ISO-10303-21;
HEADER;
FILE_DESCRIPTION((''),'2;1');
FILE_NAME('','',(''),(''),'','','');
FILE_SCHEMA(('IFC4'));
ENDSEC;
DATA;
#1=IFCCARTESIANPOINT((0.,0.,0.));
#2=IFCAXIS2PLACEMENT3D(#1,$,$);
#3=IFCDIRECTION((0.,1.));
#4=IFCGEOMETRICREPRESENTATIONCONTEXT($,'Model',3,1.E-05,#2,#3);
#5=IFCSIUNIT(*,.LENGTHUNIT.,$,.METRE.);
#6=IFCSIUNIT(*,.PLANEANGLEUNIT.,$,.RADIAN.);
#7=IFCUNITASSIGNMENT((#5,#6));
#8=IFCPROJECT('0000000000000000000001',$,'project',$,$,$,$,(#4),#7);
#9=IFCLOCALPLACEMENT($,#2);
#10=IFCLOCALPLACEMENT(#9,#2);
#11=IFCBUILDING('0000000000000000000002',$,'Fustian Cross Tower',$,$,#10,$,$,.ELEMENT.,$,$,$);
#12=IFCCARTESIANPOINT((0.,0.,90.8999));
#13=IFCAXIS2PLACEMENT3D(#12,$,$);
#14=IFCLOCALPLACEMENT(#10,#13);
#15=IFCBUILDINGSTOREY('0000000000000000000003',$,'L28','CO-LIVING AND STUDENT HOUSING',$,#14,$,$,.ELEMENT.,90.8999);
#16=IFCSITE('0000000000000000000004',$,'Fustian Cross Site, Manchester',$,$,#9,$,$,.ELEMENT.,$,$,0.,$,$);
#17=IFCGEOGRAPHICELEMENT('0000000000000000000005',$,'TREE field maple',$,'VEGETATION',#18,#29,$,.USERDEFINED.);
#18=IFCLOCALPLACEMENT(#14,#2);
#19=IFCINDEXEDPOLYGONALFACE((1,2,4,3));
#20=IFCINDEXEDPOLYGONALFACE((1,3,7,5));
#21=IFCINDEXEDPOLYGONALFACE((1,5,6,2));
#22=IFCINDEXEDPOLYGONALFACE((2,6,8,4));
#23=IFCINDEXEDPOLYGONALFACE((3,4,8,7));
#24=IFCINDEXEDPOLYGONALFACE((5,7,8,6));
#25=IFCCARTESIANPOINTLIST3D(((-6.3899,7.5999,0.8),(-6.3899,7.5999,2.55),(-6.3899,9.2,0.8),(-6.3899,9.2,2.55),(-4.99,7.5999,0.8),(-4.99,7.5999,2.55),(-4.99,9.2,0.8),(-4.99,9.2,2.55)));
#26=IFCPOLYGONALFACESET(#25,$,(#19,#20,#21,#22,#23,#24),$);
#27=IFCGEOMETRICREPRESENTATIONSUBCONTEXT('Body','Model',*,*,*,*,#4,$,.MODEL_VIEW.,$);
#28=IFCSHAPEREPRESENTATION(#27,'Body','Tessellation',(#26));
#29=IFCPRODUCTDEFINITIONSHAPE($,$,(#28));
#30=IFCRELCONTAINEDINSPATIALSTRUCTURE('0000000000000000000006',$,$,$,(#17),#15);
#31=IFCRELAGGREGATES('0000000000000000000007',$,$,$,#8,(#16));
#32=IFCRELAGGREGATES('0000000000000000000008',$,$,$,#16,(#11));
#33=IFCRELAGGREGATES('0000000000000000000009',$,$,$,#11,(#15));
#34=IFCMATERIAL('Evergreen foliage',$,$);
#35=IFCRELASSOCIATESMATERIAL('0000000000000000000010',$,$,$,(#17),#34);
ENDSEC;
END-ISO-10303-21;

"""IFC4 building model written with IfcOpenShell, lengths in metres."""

from ifc_helpers import new_model, si_unit, direction, frame, origin, origin_2d, place, context, subcontext, project, spatial, rectangle, extrude, material, element, save


model = new_model("IFC4")

# Units and contexts
model_context = context("Model", 3, precision=1e-05, world=origin(), true_north=direction((0.0, 1.0)))
body_context = subcontext(model_context, "Body", "Model", "MODEL_VIEW")
ifc_project = project(units=[si_unit("LENGTHUNIT", "METRE"), si_unit("PLANEANGLEUNIT", "RADIAN")], contexts=[model_context])

# Site, building, storey
site_placement = place(None, origin())
site = spatial("IfcSite", under=ifc_project, at=site_placement, Name="Fustian Cross Site, Manchester", CompositionType="ELEMENT", RefElevation=0.0)
building_placement = place(site_placement, origin())
building = spatial("IfcBuilding", under=site, at=building_placement, Name="Fustian Cross Tower", CompositionType="ELEMENT")
storey_placement = place(building_placement, frame((0.0, 0.0, 90.8999)))
storey = spatial("IfcBuildingStorey", under=building, at=storey_placement, Name="L28", Description="CO-LIVING AND STUDENT HOUSING", CompositionType="ELEMENT", Elevation=90.8999)

# Geographic element
ifc_material_1 = material(Name="Evergreen foliage")
geographic_element_placement = place(storey_placement, frame((-5.6899, 8.3999, 0.8), z_axis=(0.0, 0.0, 1.0), x_axis=(1.0, 0.0, 0.0)))
element("IfcGeographicElement", 1, at=geographic_element_placement, inside=storey, material=ifc_material_1, Name="TREE field maple", ObjectType="VEGETATION", PredefinedType="USERDEFINED", context=body_context, shape_type="SweptSolid", body=[
    extrude(rectangle(XDim=1.3999, YDim=1.6001, at=origin_2d()), origin(), (0.0, 0.0, 1.0), 1.75),
])

save(model, "model.ifc")
